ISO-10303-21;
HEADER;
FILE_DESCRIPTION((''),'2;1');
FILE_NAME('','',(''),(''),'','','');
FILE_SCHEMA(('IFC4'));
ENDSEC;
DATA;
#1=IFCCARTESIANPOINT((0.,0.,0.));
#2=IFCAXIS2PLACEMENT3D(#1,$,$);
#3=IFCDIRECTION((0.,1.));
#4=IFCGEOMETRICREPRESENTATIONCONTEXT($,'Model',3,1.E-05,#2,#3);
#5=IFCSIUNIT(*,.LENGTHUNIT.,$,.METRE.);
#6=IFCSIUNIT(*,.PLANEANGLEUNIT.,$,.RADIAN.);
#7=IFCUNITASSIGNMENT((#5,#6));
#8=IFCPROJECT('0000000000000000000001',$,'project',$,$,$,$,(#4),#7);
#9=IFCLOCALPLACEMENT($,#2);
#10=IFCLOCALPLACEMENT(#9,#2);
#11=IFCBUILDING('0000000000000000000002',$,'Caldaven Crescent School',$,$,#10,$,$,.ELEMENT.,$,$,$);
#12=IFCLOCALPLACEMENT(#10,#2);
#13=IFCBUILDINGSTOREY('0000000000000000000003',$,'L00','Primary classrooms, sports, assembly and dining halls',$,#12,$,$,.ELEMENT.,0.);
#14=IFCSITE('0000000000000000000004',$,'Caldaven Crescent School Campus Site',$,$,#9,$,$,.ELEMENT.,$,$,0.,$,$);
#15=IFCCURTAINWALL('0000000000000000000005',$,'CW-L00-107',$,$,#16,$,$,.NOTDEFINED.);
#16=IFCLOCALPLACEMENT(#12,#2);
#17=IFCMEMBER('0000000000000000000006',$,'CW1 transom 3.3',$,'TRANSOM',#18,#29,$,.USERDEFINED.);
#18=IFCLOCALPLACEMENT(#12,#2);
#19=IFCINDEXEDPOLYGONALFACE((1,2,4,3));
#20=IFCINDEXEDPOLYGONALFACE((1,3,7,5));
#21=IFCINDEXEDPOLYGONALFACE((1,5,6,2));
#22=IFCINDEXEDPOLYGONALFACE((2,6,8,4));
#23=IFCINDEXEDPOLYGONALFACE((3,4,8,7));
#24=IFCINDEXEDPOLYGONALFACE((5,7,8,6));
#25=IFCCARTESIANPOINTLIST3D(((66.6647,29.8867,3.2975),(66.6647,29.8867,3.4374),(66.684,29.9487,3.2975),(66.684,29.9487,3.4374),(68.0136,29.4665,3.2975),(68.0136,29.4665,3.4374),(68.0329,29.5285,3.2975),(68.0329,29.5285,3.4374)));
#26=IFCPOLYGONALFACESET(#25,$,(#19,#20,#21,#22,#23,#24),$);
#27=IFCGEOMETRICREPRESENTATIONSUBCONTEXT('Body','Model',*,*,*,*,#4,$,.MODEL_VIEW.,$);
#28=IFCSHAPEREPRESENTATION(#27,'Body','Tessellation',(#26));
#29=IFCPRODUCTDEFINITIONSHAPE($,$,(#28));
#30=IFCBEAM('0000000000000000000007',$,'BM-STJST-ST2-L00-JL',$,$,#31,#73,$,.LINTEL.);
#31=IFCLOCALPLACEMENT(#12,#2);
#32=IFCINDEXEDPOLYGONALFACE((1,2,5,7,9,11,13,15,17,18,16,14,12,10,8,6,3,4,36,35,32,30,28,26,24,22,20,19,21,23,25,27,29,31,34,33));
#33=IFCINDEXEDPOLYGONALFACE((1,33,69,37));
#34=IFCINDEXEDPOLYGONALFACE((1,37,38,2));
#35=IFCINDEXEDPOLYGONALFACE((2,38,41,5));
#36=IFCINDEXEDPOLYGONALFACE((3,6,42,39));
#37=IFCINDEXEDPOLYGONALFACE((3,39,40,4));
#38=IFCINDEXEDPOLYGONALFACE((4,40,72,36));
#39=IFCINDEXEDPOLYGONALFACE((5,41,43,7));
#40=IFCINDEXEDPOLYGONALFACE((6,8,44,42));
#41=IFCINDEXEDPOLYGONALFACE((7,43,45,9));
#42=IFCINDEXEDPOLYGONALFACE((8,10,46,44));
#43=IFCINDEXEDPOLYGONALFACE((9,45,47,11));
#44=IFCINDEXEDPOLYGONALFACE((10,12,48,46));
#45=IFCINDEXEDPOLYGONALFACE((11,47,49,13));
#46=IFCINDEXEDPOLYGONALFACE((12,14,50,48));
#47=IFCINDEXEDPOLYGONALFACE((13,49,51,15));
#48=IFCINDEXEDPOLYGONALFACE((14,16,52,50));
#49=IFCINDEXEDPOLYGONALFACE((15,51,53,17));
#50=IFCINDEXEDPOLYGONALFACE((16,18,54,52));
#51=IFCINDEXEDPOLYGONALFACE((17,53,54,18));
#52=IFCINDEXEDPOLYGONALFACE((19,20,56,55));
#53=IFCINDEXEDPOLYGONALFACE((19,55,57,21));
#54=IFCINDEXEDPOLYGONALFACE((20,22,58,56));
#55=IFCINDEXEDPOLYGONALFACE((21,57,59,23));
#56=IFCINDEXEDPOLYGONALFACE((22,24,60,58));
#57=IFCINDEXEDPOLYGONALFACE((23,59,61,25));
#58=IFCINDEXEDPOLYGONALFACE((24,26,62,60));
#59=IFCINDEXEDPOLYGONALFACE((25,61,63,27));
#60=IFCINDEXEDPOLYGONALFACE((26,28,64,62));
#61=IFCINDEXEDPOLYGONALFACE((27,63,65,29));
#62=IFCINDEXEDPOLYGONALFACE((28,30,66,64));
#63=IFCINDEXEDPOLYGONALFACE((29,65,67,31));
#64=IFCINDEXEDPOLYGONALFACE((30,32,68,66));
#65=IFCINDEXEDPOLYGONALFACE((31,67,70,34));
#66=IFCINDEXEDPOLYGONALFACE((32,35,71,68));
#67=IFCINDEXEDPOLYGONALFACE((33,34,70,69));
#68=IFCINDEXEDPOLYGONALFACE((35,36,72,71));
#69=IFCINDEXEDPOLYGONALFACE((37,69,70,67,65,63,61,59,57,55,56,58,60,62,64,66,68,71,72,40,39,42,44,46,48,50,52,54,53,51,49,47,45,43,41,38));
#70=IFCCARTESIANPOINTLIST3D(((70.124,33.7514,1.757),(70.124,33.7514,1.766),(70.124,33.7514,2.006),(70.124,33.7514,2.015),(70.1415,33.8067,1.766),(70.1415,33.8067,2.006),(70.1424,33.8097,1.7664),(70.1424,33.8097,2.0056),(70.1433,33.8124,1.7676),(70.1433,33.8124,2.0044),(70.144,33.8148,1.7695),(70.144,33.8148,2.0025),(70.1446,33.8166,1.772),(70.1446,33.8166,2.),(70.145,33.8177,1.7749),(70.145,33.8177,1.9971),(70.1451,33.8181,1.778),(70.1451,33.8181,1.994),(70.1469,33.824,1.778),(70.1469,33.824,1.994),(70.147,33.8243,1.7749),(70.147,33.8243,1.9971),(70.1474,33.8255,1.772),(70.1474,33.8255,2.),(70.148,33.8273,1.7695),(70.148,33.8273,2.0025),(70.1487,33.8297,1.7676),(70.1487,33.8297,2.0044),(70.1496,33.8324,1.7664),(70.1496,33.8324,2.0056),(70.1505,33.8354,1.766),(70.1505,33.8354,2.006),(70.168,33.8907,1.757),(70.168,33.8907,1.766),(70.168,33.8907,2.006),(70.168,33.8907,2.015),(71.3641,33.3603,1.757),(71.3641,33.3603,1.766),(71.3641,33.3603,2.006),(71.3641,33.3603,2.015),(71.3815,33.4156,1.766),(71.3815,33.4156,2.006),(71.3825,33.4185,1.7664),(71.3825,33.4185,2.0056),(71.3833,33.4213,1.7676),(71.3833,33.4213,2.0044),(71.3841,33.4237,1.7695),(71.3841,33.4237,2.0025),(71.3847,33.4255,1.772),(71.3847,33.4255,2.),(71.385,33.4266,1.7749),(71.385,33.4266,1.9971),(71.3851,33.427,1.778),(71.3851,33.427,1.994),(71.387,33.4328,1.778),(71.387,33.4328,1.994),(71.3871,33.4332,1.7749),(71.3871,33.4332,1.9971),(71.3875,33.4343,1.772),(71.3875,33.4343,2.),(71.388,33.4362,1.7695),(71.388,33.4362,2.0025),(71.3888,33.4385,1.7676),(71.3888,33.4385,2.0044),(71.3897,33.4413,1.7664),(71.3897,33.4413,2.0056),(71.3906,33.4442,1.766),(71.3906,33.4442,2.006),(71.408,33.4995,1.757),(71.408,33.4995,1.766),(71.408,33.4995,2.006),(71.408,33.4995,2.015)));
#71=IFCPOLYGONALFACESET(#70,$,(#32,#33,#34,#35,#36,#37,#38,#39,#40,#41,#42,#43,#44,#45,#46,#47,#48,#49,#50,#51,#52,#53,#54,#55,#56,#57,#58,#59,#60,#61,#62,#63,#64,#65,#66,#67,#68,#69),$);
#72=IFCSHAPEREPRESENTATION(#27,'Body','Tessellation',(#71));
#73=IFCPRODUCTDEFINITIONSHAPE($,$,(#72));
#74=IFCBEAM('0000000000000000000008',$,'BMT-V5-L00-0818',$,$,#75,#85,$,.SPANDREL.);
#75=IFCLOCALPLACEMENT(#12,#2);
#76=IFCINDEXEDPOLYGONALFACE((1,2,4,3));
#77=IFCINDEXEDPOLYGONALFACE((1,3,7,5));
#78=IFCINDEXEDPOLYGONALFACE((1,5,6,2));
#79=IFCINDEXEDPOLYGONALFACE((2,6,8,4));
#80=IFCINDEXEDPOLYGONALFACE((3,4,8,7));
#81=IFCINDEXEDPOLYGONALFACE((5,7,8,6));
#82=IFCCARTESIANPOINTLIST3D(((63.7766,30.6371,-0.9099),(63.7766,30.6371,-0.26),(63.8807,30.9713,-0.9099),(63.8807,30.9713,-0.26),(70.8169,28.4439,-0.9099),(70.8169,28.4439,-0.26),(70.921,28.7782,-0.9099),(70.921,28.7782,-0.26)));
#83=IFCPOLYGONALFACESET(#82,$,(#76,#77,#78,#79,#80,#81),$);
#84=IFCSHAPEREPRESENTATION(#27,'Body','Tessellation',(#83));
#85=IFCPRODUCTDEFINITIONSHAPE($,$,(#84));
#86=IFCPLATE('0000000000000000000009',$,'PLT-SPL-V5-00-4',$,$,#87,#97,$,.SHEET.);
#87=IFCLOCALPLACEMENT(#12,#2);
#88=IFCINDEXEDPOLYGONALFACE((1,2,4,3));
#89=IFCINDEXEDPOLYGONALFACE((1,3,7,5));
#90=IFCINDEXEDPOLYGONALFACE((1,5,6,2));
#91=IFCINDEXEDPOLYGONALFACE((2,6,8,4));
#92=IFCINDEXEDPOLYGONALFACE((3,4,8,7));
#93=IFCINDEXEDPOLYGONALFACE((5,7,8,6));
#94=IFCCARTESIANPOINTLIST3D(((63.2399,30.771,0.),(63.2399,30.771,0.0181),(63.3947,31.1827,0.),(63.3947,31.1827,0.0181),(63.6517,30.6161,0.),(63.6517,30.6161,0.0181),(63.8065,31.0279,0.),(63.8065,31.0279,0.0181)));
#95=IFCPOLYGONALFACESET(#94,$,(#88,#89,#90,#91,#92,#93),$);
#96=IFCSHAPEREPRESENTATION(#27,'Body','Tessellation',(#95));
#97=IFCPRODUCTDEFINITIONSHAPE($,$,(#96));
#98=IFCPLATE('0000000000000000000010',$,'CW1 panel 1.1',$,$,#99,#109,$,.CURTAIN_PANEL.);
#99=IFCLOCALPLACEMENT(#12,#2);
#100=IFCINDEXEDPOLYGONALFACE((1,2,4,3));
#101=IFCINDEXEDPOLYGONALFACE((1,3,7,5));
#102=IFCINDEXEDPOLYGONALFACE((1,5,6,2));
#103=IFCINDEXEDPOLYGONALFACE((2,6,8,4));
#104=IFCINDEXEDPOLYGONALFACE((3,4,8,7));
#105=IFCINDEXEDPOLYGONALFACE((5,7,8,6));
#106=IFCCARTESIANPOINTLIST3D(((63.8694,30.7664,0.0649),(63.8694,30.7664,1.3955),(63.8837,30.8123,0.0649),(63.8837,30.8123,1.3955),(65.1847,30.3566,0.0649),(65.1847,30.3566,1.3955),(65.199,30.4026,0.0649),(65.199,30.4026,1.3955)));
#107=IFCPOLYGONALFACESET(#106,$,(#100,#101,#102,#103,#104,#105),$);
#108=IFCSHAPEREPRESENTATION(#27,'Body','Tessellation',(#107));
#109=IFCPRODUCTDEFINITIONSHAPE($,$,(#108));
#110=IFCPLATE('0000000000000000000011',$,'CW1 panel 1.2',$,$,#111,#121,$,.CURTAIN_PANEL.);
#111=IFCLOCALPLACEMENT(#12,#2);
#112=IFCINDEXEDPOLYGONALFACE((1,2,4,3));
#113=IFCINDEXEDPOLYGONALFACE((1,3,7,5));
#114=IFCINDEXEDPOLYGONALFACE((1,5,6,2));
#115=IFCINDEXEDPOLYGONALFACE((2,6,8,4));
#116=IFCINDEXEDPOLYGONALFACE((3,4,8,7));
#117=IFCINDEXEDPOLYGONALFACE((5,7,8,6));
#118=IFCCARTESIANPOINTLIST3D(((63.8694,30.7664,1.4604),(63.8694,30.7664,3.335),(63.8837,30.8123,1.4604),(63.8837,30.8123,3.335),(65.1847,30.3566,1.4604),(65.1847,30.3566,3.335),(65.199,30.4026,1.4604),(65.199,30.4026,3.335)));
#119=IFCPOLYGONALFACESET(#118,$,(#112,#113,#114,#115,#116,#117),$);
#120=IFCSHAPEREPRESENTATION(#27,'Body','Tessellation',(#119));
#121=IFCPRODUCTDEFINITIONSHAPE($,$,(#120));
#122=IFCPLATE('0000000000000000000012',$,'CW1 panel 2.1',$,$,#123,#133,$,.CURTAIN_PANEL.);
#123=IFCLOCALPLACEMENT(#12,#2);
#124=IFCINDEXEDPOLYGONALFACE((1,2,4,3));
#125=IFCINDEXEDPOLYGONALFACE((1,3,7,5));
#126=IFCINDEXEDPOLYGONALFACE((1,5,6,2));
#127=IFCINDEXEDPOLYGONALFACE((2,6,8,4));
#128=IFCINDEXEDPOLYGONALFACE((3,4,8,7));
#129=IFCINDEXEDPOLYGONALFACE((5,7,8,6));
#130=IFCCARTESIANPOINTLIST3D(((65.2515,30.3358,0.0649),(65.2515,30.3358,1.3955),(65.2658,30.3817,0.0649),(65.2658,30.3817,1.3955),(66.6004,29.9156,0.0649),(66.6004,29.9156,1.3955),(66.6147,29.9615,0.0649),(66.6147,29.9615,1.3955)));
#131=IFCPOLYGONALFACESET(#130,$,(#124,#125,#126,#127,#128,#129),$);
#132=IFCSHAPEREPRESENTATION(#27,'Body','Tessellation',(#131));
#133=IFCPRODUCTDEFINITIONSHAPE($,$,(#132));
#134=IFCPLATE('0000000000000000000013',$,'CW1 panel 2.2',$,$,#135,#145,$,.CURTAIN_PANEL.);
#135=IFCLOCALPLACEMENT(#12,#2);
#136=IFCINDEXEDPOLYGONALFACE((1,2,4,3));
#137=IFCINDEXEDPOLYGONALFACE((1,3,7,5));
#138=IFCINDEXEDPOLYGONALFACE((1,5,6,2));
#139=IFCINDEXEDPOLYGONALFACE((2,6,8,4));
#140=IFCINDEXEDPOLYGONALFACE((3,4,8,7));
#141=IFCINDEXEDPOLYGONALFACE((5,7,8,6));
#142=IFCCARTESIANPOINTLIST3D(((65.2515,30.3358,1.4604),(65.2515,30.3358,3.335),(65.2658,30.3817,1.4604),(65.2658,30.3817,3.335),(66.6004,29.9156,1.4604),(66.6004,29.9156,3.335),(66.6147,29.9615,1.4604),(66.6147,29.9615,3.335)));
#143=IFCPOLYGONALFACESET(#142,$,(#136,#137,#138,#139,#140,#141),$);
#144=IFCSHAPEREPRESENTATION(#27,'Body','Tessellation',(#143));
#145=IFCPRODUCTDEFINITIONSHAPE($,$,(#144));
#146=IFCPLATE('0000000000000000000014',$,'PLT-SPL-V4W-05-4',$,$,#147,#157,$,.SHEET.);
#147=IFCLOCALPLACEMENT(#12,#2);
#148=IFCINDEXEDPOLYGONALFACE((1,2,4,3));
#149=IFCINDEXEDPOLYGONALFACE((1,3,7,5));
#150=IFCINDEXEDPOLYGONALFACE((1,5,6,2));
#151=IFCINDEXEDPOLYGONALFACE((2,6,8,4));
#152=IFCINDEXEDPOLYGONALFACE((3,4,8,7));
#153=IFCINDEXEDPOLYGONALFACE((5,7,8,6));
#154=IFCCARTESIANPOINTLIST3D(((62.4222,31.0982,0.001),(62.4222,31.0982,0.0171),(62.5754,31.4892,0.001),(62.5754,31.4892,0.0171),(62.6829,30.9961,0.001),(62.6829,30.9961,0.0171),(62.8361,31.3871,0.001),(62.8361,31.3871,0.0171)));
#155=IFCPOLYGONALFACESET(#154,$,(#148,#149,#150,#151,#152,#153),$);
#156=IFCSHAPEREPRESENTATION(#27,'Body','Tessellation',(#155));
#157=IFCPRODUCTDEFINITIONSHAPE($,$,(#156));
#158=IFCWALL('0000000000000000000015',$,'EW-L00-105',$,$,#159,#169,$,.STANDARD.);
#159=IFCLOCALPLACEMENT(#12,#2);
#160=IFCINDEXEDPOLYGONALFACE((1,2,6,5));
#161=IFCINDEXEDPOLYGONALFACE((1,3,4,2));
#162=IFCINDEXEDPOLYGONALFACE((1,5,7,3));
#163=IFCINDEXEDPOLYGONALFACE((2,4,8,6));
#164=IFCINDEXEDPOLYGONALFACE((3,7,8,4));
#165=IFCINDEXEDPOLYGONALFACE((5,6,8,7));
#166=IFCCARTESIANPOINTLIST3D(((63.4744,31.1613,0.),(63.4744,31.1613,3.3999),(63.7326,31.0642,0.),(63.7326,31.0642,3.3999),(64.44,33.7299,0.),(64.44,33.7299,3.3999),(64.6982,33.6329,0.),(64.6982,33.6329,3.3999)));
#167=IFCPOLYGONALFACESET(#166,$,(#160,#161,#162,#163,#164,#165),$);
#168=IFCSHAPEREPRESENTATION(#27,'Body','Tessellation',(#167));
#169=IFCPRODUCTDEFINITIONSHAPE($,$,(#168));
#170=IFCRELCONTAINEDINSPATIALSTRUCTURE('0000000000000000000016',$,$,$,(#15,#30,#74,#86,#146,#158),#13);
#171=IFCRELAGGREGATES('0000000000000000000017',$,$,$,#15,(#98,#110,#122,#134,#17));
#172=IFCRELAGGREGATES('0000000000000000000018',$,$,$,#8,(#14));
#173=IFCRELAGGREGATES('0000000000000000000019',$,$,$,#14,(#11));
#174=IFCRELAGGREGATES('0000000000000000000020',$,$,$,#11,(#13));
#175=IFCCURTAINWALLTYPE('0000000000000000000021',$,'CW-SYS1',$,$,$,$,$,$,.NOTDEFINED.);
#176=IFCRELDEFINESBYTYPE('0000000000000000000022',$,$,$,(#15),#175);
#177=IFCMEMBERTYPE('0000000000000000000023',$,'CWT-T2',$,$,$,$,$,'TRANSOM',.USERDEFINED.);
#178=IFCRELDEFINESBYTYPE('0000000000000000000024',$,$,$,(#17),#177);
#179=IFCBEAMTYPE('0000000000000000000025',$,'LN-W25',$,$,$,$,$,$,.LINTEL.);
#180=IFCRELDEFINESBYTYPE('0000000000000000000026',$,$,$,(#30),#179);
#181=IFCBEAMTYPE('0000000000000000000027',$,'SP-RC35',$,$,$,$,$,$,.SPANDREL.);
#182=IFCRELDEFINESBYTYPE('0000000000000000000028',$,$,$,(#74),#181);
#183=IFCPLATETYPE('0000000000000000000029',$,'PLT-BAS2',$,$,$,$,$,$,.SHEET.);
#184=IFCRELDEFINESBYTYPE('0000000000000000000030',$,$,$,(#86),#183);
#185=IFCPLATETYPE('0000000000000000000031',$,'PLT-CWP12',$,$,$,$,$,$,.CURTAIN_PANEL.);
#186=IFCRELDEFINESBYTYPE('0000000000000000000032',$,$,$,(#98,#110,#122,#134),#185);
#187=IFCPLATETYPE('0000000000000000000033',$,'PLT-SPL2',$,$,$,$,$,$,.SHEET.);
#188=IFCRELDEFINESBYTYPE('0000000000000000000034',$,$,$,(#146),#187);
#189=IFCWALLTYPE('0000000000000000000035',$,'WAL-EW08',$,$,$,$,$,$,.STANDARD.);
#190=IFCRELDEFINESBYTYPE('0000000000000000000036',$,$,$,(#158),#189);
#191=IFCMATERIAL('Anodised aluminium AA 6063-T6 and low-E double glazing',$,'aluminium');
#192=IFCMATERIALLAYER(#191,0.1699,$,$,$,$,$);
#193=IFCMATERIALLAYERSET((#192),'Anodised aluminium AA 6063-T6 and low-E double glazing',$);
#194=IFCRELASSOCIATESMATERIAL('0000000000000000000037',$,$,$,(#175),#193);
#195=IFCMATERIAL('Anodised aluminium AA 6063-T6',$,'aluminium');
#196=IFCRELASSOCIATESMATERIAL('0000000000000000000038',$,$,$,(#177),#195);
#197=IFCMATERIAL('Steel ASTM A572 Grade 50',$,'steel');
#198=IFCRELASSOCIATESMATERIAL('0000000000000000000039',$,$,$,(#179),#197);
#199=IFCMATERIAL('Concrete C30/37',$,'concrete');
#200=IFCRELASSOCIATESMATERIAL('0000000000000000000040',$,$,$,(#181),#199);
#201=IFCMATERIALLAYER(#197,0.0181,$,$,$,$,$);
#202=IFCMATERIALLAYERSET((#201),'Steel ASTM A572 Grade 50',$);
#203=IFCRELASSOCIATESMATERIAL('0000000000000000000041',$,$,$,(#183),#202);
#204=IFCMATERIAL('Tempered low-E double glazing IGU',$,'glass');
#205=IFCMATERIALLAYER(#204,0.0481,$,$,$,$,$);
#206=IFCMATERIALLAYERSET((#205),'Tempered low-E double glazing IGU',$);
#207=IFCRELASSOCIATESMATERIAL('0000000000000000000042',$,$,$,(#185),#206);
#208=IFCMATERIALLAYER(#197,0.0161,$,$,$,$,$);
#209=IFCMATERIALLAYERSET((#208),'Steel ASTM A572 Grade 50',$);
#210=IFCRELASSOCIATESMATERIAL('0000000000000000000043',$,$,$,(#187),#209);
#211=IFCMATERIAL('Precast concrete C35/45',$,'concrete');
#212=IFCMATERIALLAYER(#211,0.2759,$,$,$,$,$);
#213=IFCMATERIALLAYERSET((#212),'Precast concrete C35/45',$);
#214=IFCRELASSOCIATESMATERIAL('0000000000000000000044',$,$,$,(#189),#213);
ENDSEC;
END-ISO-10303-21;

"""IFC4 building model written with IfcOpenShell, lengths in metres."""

from ifc_helpers import new_model, si_unit, direction, frame, frame_2d, origin, origin_2d, place, context, subcontext, project, spatial, rectangle, i_section, extrude, material, layer, layer_set, material_profile, profile_set, type_object, element, aggregate, save


model = new_model("IFC4")

# Units and contexts
model_context = context("Model", 3, precision=1e-05, world=origin(), true_north=direction((0.0, 1.0)))
body_context = subcontext(model_context, "Body", "Model", "MODEL_VIEW")
ifc_project = project(units=[si_unit("LENGTHUNIT", "METRE"), si_unit("PLANEANGLEUNIT", "RADIAN")], contexts=[model_context])

# Site, building, storey
site_placement = place(None, origin())
site = spatial("IfcSite", under=ifc_project, at=site_placement, Name="Caldaven Crescent School Campus Site", CompositionType="ELEMENT", RefElevation=0.0)
building_placement = place(site_placement, origin())
building = spatial("IfcBuilding", under=site, at=building_placement, Name="Caldaven Crescent School", CompositionType="ELEMENT")
storey_placement = place(building_placement, origin())
storey = spatial("IfcBuildingStorey", under=building, at=storey_placement, Name="L00", Description="Primary classrooms, sports, assembly and dining halls", CompositionType="ELEMENT", Elevation=0.0)

# Shared definitions
ifc_material_1 = material(Name="Steel ASTM A572 Grade 50", Category="steel")

# Shared definitions
ifc_material_2 = material(Name="Concrete C30/37", Category="concrete")

# Curtain wall, member
ifc_material_3 = material(Name="Anodised aluminium AA 6063-T6 and low-E double glazing", Category="aluminium")
ifc_layer_1 = layer(ifc_material_3, 0.1699)
ifc_layer_set_1 = layer_set([ifc_layer_1], Name="Anodised aluminium AA 6063-T6 and low-E double glazing")
curtain_wall_type = type_object("IfcCurtainWallType", Name="CW-SYS1", PredefinedType="NOTDEFINED", material=ifc_layer_set_1)
curtain_wall_placement = place(storey_placement, origin())
curtain_wall = element("IfcCurtainWall", 1, at=curtain_wall_placement, inside=storey, type_object=curtain_wall_type, Name="CW-L00-107", PredefinedType="NOTDEFINED")
ifc_material_4 = material(Name="Anodised aluminium AA 6063-T6", Category="aluminium")
ifc_material_profile_1 = material_profile(ifc_material_4, rectangle(XDim=0.0649, YDim=0.1399, at=origin_2d()), Name="CWT 65x140")
ifc_profile_set_1 = profile_set([ifc_material_profile_1], Name="Anodised aluminium AA 6063-T6")
member_type_1 = type_object("IfcMemberType", Name="CWT-T2", ElementType="TRANSOM", PredefinedType="USERDEFINED", material=ifc_profile_set_1)
member_1_placement = place(storey_placement, frame((66.6743, 29.9177, 3.3674), z_axis=(0.954753, -0.297399, 0.0), x_axis=(0.297399, 0.954753, 0.0)))
member_1 = element("IfcMember", 2, at=member_1_placement, type_object=member_type_1, Name="CW1 transom 3.3", ObjectType="TRANSOM", PredefinedType="USERDEFINED", context=body_context, shape_type="SweptSolid", body=[
    extrude(rectangle(XDim=0.0649, YDim=0.1399, at=origin_2d()), origin(), (0.0, 0.0, 1.0), 1.4128),
])

# Beams
ifc_material_profile_2 = material_profile(ifc_material_1, i_section(OverallWidth=0.146, OverallDepth=0.2581, WebThickness=0.0061, FlangeThickness=0.009, FilletRadius=0.012, at=origin_2d()), Name="W250x33")
ifc_profile_set_2 = profile_set([ifc_material_profile_2], Name="Steel ASTM A572 Grade 50")
beam_type_1 = type_object("IfcBeamType", Name="LN-W25", PredefinedType="LINTEL", material=ifc_profile_set_2)
beam_1_placement = place(storey_placement, frame((70.146, 33.821, 1.886), z_axis=(0.953685, -0.300808, 0.0), x_axis=(0.300808, 0.953685, 0.0)))
element("IfcBeam", 3, at=beam_1_placement, inside=storey, type_object=beam_type_1, Name="BM-STJST-ST2-L00-JL", PredefinedType="LINTEL", context=body_context, shape_type="SweptSolid", body=[
    extrude(i_section(OverallWidth=0.146, OverallDepth=0.2581, WebThickness=0.0061, FlangeThickness=0.009, FilletRadius=0.012, at=origin_2d()), origin(), (0.0, 0.0, 1.0), 1.3003),
])
ifc_material_profile_3 = material_profile(ifc_material_2, rectangle(XDim=0.3501, YDim=0.6499, at=origin_2d()), Name="RC 350x650")
ifc_profile_set_3 = profile_set([ifc_material_profile_3], Name="Concrete C30/37")
beam_type_2 = type_object("IfcBeamType", Name="SP-RC35", PredefinedType="SPANDREL", material=ifc_profile_set_3)
beam_2_placement = place(storey_placement, frame((63.8286, 30.8042, -0.585), z_axis=(0.954749, -0.297413, 0.0), x_axis=(0.297413, 0.954749, 0.0)))
element("IfcBeam", 4, at=beam_2_placement, inside=storey, type_object=beam_type_2, Name="BMT-V5-L00-0818", PredefinedType="SPANDREL", context=body_context, shape_type="SweptSolid", body=[
    extrude(rectangle(XDim=0.3501, YDim=0.6499, at=origin_2d()), origin(), (0.0, 0.0, 1.0), 7.374),
])

# Plates
ifc_layer_2 = layer(ifc_material_1, 0.0181)
ifc_layer_set_2 = layer_set([ifc_layer_2], Name="Steel ASTM A572 Grade 50")
plate_type_1 = type_object("IfcPlateType", Name="PLT-BAS2", PredefinedType="SHEET", material=ifc_layer_set_2)
plate_1_placement = place(storey_placement, frame((63.5232, 30.8994, 0.0), z_axis=(0.0, 0.0, 1.0), x_axis=(-0.352005, -0.935998, 0.0)))
element("IfcPlate", 5, at=plate_1_placement, inside=storey, type_object=plate_type_1, Name="PLT-SPL-V5-00-4", PredefinedType="SHEET", context=body_context, shape_type="SweptSolid", body=[
    extrude(rectangle(XDim=0.4399, YDim=0.4399, at=origin_2d()), origin(), (0.0, 0.0, 1.0), 0.0181),
])
ifc_material_5 = material(Name="Tempered low-E double glazing IGU", Category="glass")
ifc_layer_3 = layer(ifc_material_5, 0.0481)
ifc_layer_set_3 = layer_set([ifc_layer_3], Name="Tempered low-E double glazing IGU")
plate_type_2 = type_object("IfcPlateType", Name="PLT-CWP12", PredefinedType="CURTAIN_PANEL", material=ifc_layer_set_3)
plate_2_placement = place(storey_placement, frame((64.5342, 30.5845, 0.0649), z_axis=(0.0, 0.0, 1.0), x_axis=(0.954747, -0.29742, 0.0)))
plate_2 = element("IfcPlate", 6, at=plate_2_placement, type_object=plate_type_2, Name="CW1 panel 1.1", PredefinedType="CURTAIN_PANEL", context=body_context, shape_type="SweptSolid", body=[
    extrude(rectangle(XDim=1.3777, YDim=0.0481, at=origin_2d()), origin(), (0.0, 0.0, 1.0), 1.3306),
])
plate_3_placement = place(storey_placement, frame((64.5342, 30.5845, 1.4604), z_axis=(0.0, 0.0, 1.0), x_axis=(0.954747, -0.29742, 0.0)))
plate_3 = element("IfcPlate", 7, at=plate_3_placement, type_object=plate_type_2, Name="CW1 panel 1.2", PredefinedType="CURTAIN_PANEL", context=body_context, shape_type="SweptSolid", body=[
    extrude(rectangle(XDim=1.3777, YDim=0.0481, at=origin_2d()), origin(), (0.0, 0.0, 1.0), 1.8745),
])
plate_4_placement = place(storey_placement, frame((65.9331, 30.1487, 0.0649), z_axis=(0.0, 0.0, 1.0), x_axis=(0.954747, -0.29742, 0.0)))
plate_4 = element("IfcPlate", 8, at=plate_4_placement, type_object=plate_type_2, Name="CW1 panel 2.1", PredefinedType="CURTAIN_PANEL", context=body_context, shape_type="SweptSolid", body=[
    extrude(rectangle(XDim=1.4128, YDim=0.0481, at=origin_2d()), origin(), (0.0, 0.0, 1.0), 1.3306),
])
plate_5_placement = place(storey_placement, frame((65.9331, 30.1487, 1.4604), z_axis=(0.0, 0.0, 1.0), x_axis=(0.954747, -0.29742, 0.0)))
plate_5 = element("IfcPlate", 9, at=plate_5_placement, type_object=plate_type_2, Name="CW1 panel 2.2", PredefinedType="CURTAIN_PANEL", context=body_context, shape_type="SweptSolid", body=[
    extrude(rectangle(XDim=1.4128, YDim=0.0481, at=origin_2d()), origin(), (0.0, 0.0, 1.0), 1.8745),
])
aggregate(curtain_wall, [plate_2, plate_3, plate_4, plate_5, member_1])
ifc_layer_4 = layer(ifc_material_1, 0.0161)
ifc_layer_set_4 = layer_set([ifc_layer_4], Name="Steel ASTM A572 Grade 50")
plate_type_3 = type_object("IfcPlateType", Name="PLT-SPL2", PredefinedType="SHEET", material=ifc_layer_set_4)
plate_6_placement = place(storey_placement, frame((62.6292, 31.2427, 0.001), z_axis=(0.0, 0.0, 1.0), x_axis=(-0.364714, -0.931119, 0.0)))
element("IfcPlate", 10, at=plate_6_placement, inside=storey, type_object=plate_type_3, Name="PLT-SPL-V4W-05-4", PredefinedType="SHEET", context=body_context, shape_type="SweptSolid", body=[
    extrude(rectangle(XDim=0.4199, YDim=0.28, at=origin_2d()), origin(), (0.0, 0.0, 1.0), 0.0161),
])

# Wall
ifc_material_6 = material(Name="Precast concrete C35/45", Category="concrete")
ifc_layer_5 = layer(ifc_material_6, 0.2759)
ifc_layer_set_5 = layer_set([ifc_layer_5], Name="Precast concrete C35/45")
wall_type = type_object("IfcWallType", Name="WAL-EW08", PredefinedType="STANDARD", material=ifc_layer_set_5)
wall_placement = place(storey_placement, frame((64.5691, 33.6814, 0.0), z_axis=(0.0, 0.0, 1.0), x_axis=(-0.351874, -0.936047, 0.0)))
element("IfcWall", 11, at=wall_placement, inside=storey, type_object=wall_type, Name="EW-L00-105", PredefinedType="STANDARD", context=body_context, shape_type="SweptSolid", body=[
    extrude(rectangle(XDim=2.7441, YDim=0.2759, at=frame_2d((1.3721, 0.0))), origin(), (0.0, 0.0, 1.0), 3.3999),
])

save(model, "model.ifc")
